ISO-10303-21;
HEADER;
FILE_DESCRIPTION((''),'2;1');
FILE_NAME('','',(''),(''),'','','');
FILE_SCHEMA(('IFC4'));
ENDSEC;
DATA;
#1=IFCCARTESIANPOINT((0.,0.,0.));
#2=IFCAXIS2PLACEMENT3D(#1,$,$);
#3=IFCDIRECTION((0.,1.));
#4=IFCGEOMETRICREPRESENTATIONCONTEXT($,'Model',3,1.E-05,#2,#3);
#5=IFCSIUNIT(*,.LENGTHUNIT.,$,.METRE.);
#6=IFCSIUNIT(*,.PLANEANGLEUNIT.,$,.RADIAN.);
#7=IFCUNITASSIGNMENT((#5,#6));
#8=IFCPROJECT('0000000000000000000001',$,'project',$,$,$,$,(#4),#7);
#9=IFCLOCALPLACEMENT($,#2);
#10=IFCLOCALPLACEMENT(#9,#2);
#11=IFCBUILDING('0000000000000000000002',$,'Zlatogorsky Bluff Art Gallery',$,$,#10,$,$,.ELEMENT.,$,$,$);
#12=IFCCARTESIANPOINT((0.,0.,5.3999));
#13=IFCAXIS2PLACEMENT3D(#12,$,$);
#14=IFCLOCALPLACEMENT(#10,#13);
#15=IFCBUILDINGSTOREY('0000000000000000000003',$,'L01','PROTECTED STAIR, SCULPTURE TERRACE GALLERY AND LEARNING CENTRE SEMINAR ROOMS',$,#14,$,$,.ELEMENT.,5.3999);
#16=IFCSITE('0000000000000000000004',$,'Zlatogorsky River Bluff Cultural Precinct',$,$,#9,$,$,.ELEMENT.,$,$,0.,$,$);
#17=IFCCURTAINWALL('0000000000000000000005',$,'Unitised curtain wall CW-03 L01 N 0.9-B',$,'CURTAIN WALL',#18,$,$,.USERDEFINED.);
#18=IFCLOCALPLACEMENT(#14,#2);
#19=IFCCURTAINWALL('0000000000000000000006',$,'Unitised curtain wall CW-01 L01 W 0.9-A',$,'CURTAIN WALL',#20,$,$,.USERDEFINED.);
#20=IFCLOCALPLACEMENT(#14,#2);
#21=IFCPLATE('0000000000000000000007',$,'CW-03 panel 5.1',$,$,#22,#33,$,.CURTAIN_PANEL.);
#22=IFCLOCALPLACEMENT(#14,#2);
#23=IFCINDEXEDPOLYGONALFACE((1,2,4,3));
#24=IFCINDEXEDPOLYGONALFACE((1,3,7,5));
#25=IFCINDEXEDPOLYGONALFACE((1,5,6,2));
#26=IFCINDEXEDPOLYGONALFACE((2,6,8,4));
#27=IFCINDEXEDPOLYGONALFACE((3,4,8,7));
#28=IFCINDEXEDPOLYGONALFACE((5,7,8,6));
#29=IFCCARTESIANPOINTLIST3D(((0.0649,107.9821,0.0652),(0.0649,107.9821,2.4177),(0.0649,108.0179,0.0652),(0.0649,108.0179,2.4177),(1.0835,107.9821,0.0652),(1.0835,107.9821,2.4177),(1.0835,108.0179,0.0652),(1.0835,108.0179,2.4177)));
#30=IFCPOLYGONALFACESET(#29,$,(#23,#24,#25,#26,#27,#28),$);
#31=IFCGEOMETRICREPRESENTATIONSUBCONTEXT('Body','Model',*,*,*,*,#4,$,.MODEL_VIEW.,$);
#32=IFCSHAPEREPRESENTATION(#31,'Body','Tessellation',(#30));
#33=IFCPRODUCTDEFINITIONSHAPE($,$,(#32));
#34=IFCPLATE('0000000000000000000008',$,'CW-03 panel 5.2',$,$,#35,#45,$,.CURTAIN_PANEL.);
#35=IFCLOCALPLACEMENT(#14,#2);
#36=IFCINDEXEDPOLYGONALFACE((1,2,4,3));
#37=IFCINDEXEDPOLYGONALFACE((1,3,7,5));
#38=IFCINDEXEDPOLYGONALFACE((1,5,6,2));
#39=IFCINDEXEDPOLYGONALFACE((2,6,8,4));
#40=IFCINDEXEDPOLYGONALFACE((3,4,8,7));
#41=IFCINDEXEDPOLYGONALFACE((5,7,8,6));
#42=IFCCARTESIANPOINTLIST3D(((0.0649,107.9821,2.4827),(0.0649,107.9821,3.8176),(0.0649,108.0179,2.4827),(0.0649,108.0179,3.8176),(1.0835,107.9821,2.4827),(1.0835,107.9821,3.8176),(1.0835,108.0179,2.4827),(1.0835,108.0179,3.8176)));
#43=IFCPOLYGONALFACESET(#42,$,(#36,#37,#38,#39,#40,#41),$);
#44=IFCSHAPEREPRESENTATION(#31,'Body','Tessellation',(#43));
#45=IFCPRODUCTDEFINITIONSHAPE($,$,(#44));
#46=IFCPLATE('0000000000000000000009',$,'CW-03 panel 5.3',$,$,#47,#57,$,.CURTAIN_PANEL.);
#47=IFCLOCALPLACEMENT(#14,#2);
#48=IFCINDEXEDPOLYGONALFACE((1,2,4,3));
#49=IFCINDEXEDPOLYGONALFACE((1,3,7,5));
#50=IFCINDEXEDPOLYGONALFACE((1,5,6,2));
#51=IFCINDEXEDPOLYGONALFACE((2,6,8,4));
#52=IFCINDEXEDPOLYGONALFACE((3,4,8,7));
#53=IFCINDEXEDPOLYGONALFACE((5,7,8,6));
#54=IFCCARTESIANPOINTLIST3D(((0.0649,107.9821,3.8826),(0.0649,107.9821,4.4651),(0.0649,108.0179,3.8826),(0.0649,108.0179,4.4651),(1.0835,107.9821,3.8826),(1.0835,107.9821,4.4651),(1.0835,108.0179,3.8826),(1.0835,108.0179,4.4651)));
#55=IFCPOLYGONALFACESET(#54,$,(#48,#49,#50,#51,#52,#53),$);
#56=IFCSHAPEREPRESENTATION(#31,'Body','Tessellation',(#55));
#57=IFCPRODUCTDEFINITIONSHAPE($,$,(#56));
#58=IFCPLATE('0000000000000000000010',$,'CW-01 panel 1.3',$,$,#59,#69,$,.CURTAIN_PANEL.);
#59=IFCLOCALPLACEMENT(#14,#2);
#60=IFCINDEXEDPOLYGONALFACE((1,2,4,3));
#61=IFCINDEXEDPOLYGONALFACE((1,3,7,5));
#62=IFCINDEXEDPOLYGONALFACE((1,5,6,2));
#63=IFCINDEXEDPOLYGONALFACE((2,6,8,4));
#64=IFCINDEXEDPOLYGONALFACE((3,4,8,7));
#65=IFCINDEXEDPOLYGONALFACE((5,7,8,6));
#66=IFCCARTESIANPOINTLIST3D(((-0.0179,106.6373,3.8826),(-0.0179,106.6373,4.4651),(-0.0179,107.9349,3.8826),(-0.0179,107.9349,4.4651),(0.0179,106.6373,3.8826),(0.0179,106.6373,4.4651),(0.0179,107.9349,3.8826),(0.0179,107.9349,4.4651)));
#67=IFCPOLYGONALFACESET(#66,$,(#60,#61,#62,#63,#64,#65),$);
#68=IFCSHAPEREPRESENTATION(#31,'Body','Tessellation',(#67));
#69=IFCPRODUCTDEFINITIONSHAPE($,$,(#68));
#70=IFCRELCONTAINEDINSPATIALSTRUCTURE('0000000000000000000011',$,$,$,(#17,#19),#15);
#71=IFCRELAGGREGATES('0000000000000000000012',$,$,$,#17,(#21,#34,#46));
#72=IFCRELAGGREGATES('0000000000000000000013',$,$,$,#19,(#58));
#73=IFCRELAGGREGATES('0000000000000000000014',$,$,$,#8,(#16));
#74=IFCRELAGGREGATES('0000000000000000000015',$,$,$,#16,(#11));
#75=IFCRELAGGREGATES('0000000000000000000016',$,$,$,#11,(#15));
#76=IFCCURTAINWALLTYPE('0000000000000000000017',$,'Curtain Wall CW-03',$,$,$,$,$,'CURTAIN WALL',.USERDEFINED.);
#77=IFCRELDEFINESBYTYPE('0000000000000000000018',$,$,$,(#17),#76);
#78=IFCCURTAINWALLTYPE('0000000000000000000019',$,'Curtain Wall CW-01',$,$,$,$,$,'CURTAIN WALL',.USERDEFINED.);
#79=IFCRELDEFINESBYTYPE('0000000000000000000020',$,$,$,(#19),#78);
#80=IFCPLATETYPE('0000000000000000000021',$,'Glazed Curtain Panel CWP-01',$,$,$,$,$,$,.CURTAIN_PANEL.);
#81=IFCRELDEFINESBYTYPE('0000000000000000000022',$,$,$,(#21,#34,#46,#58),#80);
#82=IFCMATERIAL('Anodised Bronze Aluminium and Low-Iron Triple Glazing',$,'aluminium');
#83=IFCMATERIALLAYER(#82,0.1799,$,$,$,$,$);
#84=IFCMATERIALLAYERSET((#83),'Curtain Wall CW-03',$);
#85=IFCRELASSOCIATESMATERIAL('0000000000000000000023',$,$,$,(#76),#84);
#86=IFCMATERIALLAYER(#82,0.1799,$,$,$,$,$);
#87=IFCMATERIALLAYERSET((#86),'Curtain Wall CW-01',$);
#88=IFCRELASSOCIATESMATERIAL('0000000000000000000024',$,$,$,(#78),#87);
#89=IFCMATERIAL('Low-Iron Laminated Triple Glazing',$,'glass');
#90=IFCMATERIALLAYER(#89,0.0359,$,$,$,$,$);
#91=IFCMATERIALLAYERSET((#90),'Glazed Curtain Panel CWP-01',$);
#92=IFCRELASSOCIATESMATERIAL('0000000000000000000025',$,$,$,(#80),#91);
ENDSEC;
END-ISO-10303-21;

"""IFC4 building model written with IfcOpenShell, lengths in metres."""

from ifc_helpers import new_model, si_unit, direction, frame, origin, origin_2d, place, context, subcontext, project, spatial, rectangle, extrude, material, layer, layer_set, type_object, element, aggregate, save


model = new_model("IFC4")

# Units and contexts
model_context = context("Model", 3, precision=1e-05, world=origin(), true_north=direction((0.0, 1.0)))
body_context = subcontext(model_context, "Body", "Model", "MODEL_VIEW")
ifc_project = project(units=[si_unit("LENGTHUNIT", "METRE"), si_unit("PLANEANGLEUNIT", "RADIAN")], contexts=[model_context])

# Site, building, storey
site_placement = place(None, origin())
site = spatial("IfcSite", under=ifc_project, at=site_placement, Name="Zlatogorsky River Bluff Cultural Precinct", CompositionType="ELEMENT", RefElevation=0.0)
building_placement = place(site_placement, origin())
building = spatial("IfcBuilding", under=site, at=building_placement, Name="Zlatogorsky Bluff Art Gallery", CompositionType="ELEMENT")
storey_placement = place(building_placement, frame((0.0, 0.0, 5.3999)))
storey = spatial("IfcBuildingStorey", under=building, at=storey_placement, Name="L01", Description="PROTECTED STAIR, SCULPTURE TERRACE GALLERY AND LEARNING CENTRE SEMINAR ROOMS", CompositionType="ELEMENT", Elevation=5.3999)

# Curtain wall
ifc_material_1 = material(Name="Anodised Bronze Aluminium and Low-Iron Triple Glazing", Category="aluminium")
ifc_layer_1 = layer(ifc_material_1, 0.1799)
ifc_layer_set_1 = layer_set([ifc_layer_1], Name="Curtain Wall CW-03")
curtain_wall_type_1 = type_object("IfcCurtainWallType", Name="Curtain Wall CW-03", ElementType="CURTAIN WALL", PredefinedType="USERDEFINED", material=ifc_layer_set_1)
curtain_wall_1_placement = place(storey_placement, origin())
curtain_wall_1 = element("IfcCurtainWall", 1, at=curtain_wall_1_placement, inside=storey, type_object=curtain_wall_type_1, Name="Unitised curtain wall CW-03 L01 N 0.9-B", ObjectType="CURTAIN WALL", PredefinedType="USERDEFINED")

# Curtain wall
ifc_layer_2 = layer(ifc_material_1, 0.1799)
ifc_layer_set_2 = layer_set([ifc_layer_2], Name="Curtain Wall CW-01")
curtain_wall_type_2 = type_object("IfcCurtainWallType", Name="Curtain Wall CW-01", ElementType="CURTAIN WALL", PredefinedType="USERDEFINED", material=ifc_layer_set_2)
curtain_wall_2_placement = place(storey_placement, origin())
curtain_wall_2 = element("IfcCurtainWall", 2, at=curtain_wall_2_placement, inside=storey, type_object=curtain_wall_type_2, Name="Unitised curtain wall CW-01 L01 W 0.9-A", ObjectType="CURTAIN WALL", PredefinedType="USERDEFINED")

# Plates
ifc_material_2 = material(Name="Low-Iron Laminated Triple Glazing", Category="glass")
ifc_layer_3 = layer(ifc_material_2, 0.0359)
ifc_layer_set_3 = layer_set([ifc_layer_3], Name="Glazed Curtain Panel CWP-01")
plate_type = type_object("IfcPlateType", Name="Glazed Curtain Panel CWP-01", PredefinedType="CURTAIN_PANEL", material=ifc_layer_set_3)
plate_1_placement = place(storey_placement, frame((0.5742, 108.0, 0.0652), z_axis=(0.0, 0.0, 1.0), x_axis=(-1.0, 0.0, 0.0)))
plate_1 = element("IfcPlate", 3, at=plate_1_placement, type_object=plate_type, Name="CW-03 panel 5.1", PredefinedType="CURTAIN_PANEL", context=body_context, shape_type="SweptSolid", body=[
    extrude(rectangle(XDim=1.0186, YDim=0.0359, at=origin_2d()), origin(), (0.0, 0.0, 1.0), 2.3525),
])
plate_2_placement = place(storey_placement, frame((0.5742, 108.0, 2.4827), z_axis=(0.0, 0.0, 1.0), x_axis=(-1.0, 0.0, 0.0)))
plate_2 = element("IfcPlate", 4, at=plate_2_placement, type_object=plate_type, Name="CW-03 panel 5.2", PredefinedType="CURTAIN_PANEL", context=body_context, shape_type="SweptSolid", body=[
    extrude(rectangle(XDim=1.0186, YDim=0.0359, at=origin_2d()), origin(), (0.0, 0.0, 1.0), 1.335),
])
plate_3_placement = place(storey_placement, frame((0.5742, 108.0, 3.8826), z_axis=(0.0, 0.0, 1.0), x_axis=(-1.0, 0.0, 0.0)))
plate_3 = element("IfcPlate", 5, at=plate_3_placement, type_object=plate_type, Name="CW-03 panel 5.3", PredefinedType="CURTAIN_PANEL", context=body_context, shape_type="SweptSolid", body=[
    extrude(rectangle(XDim=1.0186, YDim=0.0359, at=origin_2d()), origin(), (0.0, 0.0, 1.0), 0.5825),
])
aggregate(curtain_wall_1, [plate_1, plate_2, plate_3])
plate_4_placement = place(storey_placement, frame((0.0, 107.2861, 3.8826), z_axis=(0.0, 0.0, 1.0), x_axis=(0.0, -1.0, 0.0)))
plate_4 = element("IfcPlate", 6, at=plate_4_placement, type_object=plate_type, Name="CW-01 panel 1.3", PredefinedType="CURTAIN_PANEL", context=body_context, shape_type="SweptSolid", body=[
    extrude(rectangle(XDim=1.2976, YDim=0.0359, at=origin_2d()), origin(), (0.0, 0.0, 1.0), 0.5825),
])
aggregate(curtain_wall_2, [plate_4])

save(model, "model.ifc")
